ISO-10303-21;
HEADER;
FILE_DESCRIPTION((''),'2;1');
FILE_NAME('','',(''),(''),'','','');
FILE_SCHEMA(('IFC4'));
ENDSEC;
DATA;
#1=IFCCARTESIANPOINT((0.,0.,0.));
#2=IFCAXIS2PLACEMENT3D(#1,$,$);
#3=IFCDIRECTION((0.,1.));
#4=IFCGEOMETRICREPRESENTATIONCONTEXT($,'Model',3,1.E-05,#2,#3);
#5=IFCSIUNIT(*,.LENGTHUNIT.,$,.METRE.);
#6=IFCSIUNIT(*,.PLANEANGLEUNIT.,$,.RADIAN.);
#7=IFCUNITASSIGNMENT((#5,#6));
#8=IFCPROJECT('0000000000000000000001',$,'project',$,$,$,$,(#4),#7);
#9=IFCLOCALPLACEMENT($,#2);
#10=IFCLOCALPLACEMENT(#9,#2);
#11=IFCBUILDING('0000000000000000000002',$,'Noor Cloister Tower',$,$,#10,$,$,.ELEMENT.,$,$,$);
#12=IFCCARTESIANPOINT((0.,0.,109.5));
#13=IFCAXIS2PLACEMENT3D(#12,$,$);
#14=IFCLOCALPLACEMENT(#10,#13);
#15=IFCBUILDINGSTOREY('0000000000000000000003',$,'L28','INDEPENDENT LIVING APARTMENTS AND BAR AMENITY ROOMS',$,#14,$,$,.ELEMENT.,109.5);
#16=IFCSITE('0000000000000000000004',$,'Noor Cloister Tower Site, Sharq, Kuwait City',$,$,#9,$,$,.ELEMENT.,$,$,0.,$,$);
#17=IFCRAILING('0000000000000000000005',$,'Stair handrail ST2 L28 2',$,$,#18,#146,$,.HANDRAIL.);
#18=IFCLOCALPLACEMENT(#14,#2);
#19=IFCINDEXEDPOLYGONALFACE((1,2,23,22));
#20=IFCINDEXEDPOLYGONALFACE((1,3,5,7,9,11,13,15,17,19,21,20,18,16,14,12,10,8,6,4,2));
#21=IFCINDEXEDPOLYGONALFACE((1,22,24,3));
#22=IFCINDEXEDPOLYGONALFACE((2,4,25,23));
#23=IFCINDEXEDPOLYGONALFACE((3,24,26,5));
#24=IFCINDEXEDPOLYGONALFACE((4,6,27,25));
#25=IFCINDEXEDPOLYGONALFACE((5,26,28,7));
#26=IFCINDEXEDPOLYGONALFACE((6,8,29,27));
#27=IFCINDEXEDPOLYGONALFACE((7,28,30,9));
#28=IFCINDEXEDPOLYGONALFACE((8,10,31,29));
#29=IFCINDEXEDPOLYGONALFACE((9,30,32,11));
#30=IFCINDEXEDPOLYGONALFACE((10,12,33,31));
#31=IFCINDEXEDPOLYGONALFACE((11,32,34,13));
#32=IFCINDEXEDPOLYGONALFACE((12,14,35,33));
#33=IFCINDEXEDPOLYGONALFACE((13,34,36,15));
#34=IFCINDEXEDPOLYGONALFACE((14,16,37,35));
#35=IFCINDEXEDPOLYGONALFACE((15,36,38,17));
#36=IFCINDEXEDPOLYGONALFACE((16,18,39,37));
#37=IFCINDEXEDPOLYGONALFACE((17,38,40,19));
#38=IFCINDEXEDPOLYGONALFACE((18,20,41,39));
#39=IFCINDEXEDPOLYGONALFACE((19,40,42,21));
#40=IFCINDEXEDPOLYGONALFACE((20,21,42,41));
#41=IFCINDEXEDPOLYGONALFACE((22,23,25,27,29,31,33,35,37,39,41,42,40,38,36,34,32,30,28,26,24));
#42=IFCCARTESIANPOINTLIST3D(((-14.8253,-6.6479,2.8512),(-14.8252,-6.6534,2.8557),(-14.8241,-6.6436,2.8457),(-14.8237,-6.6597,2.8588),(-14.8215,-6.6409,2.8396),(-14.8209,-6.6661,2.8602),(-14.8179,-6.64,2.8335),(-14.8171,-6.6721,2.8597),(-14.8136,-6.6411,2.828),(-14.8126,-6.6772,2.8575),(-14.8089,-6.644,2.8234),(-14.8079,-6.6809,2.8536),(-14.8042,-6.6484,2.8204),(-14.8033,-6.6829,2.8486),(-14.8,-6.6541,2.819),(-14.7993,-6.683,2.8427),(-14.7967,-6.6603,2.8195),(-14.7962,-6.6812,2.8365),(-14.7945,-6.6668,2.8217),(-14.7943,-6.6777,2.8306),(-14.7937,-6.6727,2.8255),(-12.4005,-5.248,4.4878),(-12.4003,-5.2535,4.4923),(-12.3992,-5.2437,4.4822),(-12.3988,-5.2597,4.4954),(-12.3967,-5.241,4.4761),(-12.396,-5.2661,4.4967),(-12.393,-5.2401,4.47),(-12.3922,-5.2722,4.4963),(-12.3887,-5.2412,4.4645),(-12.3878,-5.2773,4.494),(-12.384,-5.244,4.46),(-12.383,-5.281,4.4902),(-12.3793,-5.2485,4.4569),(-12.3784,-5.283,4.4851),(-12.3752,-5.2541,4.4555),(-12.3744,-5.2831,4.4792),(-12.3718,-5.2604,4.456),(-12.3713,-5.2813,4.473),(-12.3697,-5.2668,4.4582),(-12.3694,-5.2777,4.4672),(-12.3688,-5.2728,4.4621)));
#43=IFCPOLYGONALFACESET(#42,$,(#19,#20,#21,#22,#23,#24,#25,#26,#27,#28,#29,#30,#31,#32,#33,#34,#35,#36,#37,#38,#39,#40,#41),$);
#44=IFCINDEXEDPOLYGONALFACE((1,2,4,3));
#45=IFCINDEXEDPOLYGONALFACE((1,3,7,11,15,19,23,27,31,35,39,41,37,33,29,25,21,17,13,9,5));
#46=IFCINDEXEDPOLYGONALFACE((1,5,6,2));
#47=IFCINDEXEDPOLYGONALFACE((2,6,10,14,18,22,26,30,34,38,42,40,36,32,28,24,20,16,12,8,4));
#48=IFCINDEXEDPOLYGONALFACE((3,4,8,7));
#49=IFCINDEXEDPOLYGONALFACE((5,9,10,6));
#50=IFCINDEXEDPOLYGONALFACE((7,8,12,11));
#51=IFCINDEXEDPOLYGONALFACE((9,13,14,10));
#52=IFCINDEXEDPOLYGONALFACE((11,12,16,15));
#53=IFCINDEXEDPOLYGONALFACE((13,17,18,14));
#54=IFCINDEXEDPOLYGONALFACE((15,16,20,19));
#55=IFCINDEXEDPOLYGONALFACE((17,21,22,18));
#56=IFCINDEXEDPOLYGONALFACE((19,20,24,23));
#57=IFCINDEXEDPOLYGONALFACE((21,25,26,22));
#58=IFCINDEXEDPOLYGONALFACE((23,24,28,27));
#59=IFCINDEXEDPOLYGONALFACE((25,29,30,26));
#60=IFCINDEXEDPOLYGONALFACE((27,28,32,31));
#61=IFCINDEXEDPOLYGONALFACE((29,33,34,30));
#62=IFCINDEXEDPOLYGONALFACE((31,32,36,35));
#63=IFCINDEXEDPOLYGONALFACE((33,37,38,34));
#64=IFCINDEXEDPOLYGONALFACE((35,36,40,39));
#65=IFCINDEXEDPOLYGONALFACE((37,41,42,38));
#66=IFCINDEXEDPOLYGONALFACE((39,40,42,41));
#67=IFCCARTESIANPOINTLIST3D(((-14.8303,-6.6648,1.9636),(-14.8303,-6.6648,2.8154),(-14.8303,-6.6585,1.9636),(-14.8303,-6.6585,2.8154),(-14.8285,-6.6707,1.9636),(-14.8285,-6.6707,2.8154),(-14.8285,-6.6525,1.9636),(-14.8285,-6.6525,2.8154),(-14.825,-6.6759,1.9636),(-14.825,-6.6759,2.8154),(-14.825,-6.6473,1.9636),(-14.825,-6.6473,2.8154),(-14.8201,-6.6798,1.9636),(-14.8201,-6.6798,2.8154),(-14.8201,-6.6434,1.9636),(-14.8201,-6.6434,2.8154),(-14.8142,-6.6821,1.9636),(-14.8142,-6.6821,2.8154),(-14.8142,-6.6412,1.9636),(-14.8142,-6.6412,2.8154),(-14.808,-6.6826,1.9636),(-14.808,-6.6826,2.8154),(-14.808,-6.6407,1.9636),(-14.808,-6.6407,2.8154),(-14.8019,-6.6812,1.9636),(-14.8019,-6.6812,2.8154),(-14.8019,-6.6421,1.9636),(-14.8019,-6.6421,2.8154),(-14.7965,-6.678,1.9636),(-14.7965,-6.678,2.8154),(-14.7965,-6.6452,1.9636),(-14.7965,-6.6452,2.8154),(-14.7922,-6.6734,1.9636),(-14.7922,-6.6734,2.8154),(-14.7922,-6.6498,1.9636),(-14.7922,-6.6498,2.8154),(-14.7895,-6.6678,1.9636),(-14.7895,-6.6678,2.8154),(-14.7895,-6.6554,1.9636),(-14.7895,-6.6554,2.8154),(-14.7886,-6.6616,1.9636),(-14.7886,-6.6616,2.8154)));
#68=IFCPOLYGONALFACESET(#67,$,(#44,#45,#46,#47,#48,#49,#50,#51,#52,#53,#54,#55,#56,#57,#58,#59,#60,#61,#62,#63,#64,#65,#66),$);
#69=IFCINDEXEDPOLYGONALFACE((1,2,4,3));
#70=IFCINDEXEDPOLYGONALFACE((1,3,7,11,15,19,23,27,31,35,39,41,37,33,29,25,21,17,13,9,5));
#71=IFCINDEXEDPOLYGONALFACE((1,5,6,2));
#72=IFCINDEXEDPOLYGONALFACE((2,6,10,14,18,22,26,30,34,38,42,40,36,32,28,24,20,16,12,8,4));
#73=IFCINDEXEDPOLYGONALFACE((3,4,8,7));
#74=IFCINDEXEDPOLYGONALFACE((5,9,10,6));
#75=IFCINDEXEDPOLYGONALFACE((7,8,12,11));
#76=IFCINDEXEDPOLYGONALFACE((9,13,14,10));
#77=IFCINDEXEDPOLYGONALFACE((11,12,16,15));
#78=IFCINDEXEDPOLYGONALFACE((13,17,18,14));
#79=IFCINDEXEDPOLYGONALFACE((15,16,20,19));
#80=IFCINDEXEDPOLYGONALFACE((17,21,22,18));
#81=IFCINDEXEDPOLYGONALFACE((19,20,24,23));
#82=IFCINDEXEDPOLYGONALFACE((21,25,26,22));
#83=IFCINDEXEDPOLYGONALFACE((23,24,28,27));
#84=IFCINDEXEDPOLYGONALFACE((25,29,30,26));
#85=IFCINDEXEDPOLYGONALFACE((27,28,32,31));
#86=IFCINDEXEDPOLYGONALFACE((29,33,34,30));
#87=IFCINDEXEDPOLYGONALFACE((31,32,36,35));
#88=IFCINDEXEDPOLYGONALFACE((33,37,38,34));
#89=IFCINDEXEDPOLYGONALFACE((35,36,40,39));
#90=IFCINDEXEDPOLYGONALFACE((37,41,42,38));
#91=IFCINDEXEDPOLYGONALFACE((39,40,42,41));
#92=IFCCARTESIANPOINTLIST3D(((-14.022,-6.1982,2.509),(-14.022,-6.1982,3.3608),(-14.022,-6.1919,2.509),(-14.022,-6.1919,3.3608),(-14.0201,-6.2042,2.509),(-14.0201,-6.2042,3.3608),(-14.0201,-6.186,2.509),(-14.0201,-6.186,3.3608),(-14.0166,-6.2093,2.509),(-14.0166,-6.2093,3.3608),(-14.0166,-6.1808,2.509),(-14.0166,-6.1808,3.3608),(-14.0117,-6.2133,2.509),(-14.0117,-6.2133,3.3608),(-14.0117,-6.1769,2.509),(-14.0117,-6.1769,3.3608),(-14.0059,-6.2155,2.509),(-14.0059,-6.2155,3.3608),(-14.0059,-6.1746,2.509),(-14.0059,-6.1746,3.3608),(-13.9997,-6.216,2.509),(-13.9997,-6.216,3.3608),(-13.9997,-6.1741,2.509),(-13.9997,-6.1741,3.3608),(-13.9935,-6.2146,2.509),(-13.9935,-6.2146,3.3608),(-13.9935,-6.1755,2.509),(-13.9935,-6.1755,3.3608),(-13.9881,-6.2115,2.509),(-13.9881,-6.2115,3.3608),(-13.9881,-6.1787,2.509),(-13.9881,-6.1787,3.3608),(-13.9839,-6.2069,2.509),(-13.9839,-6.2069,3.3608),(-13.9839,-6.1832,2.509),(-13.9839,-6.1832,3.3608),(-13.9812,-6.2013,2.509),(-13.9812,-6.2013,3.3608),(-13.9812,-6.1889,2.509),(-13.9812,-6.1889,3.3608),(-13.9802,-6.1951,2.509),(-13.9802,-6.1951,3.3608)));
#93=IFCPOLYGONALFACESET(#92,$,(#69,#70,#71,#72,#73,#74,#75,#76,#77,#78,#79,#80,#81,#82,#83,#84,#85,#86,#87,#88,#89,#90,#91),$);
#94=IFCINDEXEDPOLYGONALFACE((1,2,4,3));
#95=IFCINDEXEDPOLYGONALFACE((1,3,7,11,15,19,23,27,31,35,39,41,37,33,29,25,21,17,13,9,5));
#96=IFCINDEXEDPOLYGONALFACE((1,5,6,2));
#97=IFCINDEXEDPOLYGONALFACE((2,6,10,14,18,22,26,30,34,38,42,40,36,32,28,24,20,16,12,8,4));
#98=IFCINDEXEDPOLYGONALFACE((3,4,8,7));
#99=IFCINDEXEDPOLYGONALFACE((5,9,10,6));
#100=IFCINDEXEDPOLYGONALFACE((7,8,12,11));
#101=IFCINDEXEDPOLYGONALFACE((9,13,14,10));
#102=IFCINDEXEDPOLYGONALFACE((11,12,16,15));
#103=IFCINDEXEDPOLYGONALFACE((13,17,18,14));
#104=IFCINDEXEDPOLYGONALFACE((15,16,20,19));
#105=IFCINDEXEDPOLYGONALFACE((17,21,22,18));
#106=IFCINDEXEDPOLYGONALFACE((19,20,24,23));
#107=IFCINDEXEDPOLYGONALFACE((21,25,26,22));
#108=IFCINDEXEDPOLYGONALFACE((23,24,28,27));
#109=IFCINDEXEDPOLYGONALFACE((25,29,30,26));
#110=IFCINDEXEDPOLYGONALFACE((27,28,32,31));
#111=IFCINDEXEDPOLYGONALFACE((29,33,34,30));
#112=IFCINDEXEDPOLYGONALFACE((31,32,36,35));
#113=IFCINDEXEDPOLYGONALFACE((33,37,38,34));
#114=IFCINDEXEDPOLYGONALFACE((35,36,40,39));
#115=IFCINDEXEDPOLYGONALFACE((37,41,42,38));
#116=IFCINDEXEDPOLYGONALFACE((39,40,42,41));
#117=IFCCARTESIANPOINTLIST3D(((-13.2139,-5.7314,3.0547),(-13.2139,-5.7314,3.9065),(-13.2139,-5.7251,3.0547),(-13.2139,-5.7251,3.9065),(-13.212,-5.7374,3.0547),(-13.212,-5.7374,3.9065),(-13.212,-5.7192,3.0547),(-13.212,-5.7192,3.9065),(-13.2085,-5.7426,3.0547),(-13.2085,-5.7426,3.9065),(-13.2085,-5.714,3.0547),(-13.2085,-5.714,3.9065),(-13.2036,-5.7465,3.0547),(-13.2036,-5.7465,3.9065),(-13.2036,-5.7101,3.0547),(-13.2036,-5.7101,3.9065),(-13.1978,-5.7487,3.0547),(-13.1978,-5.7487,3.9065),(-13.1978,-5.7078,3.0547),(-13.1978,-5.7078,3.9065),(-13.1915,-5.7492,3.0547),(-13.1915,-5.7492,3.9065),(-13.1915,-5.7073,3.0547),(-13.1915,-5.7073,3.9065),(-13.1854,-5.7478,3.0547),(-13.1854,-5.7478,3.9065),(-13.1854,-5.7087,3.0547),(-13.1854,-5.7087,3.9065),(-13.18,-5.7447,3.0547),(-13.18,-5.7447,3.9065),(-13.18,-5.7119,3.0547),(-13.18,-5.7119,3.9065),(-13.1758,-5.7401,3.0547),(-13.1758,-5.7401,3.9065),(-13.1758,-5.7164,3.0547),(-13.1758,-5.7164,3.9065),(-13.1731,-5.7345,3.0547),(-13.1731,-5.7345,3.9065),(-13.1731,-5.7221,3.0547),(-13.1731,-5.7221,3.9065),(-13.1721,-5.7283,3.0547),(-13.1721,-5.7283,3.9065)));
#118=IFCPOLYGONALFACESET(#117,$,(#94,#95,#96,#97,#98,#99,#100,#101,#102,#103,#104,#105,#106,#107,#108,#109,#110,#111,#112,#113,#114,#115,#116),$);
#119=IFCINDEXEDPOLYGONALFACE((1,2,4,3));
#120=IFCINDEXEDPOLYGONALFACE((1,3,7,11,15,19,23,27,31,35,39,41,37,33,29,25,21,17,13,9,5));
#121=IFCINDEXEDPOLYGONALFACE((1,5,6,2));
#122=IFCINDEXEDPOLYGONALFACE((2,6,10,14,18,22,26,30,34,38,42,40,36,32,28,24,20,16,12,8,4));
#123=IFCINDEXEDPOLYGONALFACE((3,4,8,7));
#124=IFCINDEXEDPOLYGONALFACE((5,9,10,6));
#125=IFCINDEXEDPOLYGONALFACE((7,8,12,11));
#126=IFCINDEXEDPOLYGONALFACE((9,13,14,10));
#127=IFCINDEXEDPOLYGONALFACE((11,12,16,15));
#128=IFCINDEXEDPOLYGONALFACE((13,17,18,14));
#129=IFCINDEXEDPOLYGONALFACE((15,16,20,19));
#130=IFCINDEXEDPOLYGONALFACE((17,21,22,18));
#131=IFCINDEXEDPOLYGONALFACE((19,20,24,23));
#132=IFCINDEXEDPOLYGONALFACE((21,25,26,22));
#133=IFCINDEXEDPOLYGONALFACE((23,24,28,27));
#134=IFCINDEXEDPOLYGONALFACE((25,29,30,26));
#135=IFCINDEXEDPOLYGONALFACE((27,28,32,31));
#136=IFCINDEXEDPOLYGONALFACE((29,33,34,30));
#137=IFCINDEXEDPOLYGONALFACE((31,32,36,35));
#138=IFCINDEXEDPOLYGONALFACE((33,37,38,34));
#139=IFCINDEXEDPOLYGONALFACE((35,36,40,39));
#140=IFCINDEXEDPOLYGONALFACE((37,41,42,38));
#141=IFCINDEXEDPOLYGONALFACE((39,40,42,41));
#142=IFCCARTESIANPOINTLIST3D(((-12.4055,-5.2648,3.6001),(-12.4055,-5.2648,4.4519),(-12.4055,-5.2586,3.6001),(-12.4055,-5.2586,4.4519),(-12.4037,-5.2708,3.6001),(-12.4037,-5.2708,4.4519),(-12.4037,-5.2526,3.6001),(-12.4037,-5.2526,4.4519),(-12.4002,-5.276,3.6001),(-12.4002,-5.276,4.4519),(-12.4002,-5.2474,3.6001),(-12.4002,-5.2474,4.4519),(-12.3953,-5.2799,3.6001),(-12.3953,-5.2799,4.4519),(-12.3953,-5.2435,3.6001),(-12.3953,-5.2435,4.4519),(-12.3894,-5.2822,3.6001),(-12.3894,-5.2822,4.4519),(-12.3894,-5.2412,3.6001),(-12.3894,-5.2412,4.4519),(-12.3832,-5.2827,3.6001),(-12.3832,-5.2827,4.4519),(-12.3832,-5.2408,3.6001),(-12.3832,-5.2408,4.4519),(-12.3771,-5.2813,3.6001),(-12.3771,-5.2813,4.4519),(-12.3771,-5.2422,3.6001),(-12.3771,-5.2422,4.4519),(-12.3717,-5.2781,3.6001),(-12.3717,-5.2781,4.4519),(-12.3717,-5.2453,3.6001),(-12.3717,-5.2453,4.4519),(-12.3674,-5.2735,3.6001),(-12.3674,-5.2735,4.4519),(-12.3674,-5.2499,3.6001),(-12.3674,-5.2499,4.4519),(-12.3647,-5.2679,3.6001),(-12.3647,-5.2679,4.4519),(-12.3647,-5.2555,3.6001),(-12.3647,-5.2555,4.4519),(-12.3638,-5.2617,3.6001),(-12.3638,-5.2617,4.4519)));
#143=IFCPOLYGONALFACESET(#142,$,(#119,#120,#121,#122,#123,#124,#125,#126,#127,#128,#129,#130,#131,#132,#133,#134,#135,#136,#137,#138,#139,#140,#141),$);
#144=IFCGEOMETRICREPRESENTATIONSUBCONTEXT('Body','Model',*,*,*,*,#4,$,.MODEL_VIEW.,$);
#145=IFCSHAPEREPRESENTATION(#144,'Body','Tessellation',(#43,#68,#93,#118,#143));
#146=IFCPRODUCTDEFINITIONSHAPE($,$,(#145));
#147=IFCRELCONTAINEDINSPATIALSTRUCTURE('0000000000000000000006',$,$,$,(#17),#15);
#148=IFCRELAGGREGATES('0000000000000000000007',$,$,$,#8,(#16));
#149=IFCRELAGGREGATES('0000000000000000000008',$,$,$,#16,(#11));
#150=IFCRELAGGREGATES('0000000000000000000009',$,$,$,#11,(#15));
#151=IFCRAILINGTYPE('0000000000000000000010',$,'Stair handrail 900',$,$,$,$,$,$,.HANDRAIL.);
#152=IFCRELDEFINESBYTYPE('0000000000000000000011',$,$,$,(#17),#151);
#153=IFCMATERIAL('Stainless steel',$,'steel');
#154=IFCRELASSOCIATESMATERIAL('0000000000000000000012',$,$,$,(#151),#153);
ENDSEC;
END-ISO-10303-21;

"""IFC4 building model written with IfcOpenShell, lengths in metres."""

from ifc_helpers import new_model, si_unit, direction, frame, origin, origin_2d, place, context, subcontext, project, spatial, circle, extrude, material, type_object, element, save


model = new_model("IFC4")

# Units and contexts
model_context = context("Model", 3, precision=1e-05, world=origin(), true_north=direction((0.0, 1.0)))
body_context = subcontext(model_context, "Body", "Model", "MODEL_VIEW")
ifc_project = project(units=[si_unit("LENGTHUNIT", "METRE"), si_unit("PLANEANGLEUNIT", "RADIAN")], contexts=[model_context])

# Site, building, storey
site_placement = place(None, origin())
site = spatial("IfcSite", under=ifc_project, at=site_placement, Name="Noor Cloister Tower Site, Sharq, Kuwait City", CompositionType="ELEMENT", RefElevation=0.0)
building_placement = place(site_placement, origin())
building = spatial("IfcBuilding", under=site, at=building_placement, Name="Noor Cloister Tower", CompositionType="ELEMENT")
storey_placement = place(building_placement, frame((0.0, 0.0, 109.5)))
storey = spatial("IfcBuildingStorey", under=building, at=storey_placement, Name="L28", Description="INDEPENDENT LIVING APARTMENTS AND BAR AMENITY ROOMS", CompositionType="ELEMENT", Elevation=109.5)

# Railing
ifc_material_1 = material(Name="Stainless steel", Category="steel")
railing_type_1 = type_object("IfcRailingType", Name="Stair handrail 900", PredefinedType="HANDRAIL", material=ifc_material_1)
railing_1_placement = place(storey_placement, frame((-14.8096, -6.6616, 1.9636)))
element("IfcRailing", 1, at=railing_1_placement, inside=storey, type_object=railing_type_1, Name="Stair handrail ST2 L28 2", PredefinedType="HANDRAIL", context=body_context, shape_type="SweptSolid", body=[
    extrude(circle(Radius=0.0239, at=origin_2d()), frame((0.0, 0.0, 0.876), z_axis=(0.74769, 0.431661, 0.504608), x_axis=(-0.499984, 0.866035, 0.0)), (0.0, 0.0, 1.0), 3.2432),
    extrude(circle(Radius=0.021, at=origin_2d()), origin(), (0.0, 0.0, 1.0), 0.8518),
    extrude(circle(Radius=0.021, at=origin_2d()), frame((0.8083, 0.4666, 0.5454)), (0.0, 0.0, 1.0), 0.8518),
    extrude(circle(Radius=0.021, at=origin_2d()), frame((1.6165, 0.9333, 1.0911)), (0.0, 0.0, 1.0), 0.8518),
    extrude(circle(Radius=0.021, at=origin_2d()), frame((2.4248, 1.3999, 1.6365)), (0.0, 0.0, 1.0), 0.8518),
])

save(model, "model.ifc")
